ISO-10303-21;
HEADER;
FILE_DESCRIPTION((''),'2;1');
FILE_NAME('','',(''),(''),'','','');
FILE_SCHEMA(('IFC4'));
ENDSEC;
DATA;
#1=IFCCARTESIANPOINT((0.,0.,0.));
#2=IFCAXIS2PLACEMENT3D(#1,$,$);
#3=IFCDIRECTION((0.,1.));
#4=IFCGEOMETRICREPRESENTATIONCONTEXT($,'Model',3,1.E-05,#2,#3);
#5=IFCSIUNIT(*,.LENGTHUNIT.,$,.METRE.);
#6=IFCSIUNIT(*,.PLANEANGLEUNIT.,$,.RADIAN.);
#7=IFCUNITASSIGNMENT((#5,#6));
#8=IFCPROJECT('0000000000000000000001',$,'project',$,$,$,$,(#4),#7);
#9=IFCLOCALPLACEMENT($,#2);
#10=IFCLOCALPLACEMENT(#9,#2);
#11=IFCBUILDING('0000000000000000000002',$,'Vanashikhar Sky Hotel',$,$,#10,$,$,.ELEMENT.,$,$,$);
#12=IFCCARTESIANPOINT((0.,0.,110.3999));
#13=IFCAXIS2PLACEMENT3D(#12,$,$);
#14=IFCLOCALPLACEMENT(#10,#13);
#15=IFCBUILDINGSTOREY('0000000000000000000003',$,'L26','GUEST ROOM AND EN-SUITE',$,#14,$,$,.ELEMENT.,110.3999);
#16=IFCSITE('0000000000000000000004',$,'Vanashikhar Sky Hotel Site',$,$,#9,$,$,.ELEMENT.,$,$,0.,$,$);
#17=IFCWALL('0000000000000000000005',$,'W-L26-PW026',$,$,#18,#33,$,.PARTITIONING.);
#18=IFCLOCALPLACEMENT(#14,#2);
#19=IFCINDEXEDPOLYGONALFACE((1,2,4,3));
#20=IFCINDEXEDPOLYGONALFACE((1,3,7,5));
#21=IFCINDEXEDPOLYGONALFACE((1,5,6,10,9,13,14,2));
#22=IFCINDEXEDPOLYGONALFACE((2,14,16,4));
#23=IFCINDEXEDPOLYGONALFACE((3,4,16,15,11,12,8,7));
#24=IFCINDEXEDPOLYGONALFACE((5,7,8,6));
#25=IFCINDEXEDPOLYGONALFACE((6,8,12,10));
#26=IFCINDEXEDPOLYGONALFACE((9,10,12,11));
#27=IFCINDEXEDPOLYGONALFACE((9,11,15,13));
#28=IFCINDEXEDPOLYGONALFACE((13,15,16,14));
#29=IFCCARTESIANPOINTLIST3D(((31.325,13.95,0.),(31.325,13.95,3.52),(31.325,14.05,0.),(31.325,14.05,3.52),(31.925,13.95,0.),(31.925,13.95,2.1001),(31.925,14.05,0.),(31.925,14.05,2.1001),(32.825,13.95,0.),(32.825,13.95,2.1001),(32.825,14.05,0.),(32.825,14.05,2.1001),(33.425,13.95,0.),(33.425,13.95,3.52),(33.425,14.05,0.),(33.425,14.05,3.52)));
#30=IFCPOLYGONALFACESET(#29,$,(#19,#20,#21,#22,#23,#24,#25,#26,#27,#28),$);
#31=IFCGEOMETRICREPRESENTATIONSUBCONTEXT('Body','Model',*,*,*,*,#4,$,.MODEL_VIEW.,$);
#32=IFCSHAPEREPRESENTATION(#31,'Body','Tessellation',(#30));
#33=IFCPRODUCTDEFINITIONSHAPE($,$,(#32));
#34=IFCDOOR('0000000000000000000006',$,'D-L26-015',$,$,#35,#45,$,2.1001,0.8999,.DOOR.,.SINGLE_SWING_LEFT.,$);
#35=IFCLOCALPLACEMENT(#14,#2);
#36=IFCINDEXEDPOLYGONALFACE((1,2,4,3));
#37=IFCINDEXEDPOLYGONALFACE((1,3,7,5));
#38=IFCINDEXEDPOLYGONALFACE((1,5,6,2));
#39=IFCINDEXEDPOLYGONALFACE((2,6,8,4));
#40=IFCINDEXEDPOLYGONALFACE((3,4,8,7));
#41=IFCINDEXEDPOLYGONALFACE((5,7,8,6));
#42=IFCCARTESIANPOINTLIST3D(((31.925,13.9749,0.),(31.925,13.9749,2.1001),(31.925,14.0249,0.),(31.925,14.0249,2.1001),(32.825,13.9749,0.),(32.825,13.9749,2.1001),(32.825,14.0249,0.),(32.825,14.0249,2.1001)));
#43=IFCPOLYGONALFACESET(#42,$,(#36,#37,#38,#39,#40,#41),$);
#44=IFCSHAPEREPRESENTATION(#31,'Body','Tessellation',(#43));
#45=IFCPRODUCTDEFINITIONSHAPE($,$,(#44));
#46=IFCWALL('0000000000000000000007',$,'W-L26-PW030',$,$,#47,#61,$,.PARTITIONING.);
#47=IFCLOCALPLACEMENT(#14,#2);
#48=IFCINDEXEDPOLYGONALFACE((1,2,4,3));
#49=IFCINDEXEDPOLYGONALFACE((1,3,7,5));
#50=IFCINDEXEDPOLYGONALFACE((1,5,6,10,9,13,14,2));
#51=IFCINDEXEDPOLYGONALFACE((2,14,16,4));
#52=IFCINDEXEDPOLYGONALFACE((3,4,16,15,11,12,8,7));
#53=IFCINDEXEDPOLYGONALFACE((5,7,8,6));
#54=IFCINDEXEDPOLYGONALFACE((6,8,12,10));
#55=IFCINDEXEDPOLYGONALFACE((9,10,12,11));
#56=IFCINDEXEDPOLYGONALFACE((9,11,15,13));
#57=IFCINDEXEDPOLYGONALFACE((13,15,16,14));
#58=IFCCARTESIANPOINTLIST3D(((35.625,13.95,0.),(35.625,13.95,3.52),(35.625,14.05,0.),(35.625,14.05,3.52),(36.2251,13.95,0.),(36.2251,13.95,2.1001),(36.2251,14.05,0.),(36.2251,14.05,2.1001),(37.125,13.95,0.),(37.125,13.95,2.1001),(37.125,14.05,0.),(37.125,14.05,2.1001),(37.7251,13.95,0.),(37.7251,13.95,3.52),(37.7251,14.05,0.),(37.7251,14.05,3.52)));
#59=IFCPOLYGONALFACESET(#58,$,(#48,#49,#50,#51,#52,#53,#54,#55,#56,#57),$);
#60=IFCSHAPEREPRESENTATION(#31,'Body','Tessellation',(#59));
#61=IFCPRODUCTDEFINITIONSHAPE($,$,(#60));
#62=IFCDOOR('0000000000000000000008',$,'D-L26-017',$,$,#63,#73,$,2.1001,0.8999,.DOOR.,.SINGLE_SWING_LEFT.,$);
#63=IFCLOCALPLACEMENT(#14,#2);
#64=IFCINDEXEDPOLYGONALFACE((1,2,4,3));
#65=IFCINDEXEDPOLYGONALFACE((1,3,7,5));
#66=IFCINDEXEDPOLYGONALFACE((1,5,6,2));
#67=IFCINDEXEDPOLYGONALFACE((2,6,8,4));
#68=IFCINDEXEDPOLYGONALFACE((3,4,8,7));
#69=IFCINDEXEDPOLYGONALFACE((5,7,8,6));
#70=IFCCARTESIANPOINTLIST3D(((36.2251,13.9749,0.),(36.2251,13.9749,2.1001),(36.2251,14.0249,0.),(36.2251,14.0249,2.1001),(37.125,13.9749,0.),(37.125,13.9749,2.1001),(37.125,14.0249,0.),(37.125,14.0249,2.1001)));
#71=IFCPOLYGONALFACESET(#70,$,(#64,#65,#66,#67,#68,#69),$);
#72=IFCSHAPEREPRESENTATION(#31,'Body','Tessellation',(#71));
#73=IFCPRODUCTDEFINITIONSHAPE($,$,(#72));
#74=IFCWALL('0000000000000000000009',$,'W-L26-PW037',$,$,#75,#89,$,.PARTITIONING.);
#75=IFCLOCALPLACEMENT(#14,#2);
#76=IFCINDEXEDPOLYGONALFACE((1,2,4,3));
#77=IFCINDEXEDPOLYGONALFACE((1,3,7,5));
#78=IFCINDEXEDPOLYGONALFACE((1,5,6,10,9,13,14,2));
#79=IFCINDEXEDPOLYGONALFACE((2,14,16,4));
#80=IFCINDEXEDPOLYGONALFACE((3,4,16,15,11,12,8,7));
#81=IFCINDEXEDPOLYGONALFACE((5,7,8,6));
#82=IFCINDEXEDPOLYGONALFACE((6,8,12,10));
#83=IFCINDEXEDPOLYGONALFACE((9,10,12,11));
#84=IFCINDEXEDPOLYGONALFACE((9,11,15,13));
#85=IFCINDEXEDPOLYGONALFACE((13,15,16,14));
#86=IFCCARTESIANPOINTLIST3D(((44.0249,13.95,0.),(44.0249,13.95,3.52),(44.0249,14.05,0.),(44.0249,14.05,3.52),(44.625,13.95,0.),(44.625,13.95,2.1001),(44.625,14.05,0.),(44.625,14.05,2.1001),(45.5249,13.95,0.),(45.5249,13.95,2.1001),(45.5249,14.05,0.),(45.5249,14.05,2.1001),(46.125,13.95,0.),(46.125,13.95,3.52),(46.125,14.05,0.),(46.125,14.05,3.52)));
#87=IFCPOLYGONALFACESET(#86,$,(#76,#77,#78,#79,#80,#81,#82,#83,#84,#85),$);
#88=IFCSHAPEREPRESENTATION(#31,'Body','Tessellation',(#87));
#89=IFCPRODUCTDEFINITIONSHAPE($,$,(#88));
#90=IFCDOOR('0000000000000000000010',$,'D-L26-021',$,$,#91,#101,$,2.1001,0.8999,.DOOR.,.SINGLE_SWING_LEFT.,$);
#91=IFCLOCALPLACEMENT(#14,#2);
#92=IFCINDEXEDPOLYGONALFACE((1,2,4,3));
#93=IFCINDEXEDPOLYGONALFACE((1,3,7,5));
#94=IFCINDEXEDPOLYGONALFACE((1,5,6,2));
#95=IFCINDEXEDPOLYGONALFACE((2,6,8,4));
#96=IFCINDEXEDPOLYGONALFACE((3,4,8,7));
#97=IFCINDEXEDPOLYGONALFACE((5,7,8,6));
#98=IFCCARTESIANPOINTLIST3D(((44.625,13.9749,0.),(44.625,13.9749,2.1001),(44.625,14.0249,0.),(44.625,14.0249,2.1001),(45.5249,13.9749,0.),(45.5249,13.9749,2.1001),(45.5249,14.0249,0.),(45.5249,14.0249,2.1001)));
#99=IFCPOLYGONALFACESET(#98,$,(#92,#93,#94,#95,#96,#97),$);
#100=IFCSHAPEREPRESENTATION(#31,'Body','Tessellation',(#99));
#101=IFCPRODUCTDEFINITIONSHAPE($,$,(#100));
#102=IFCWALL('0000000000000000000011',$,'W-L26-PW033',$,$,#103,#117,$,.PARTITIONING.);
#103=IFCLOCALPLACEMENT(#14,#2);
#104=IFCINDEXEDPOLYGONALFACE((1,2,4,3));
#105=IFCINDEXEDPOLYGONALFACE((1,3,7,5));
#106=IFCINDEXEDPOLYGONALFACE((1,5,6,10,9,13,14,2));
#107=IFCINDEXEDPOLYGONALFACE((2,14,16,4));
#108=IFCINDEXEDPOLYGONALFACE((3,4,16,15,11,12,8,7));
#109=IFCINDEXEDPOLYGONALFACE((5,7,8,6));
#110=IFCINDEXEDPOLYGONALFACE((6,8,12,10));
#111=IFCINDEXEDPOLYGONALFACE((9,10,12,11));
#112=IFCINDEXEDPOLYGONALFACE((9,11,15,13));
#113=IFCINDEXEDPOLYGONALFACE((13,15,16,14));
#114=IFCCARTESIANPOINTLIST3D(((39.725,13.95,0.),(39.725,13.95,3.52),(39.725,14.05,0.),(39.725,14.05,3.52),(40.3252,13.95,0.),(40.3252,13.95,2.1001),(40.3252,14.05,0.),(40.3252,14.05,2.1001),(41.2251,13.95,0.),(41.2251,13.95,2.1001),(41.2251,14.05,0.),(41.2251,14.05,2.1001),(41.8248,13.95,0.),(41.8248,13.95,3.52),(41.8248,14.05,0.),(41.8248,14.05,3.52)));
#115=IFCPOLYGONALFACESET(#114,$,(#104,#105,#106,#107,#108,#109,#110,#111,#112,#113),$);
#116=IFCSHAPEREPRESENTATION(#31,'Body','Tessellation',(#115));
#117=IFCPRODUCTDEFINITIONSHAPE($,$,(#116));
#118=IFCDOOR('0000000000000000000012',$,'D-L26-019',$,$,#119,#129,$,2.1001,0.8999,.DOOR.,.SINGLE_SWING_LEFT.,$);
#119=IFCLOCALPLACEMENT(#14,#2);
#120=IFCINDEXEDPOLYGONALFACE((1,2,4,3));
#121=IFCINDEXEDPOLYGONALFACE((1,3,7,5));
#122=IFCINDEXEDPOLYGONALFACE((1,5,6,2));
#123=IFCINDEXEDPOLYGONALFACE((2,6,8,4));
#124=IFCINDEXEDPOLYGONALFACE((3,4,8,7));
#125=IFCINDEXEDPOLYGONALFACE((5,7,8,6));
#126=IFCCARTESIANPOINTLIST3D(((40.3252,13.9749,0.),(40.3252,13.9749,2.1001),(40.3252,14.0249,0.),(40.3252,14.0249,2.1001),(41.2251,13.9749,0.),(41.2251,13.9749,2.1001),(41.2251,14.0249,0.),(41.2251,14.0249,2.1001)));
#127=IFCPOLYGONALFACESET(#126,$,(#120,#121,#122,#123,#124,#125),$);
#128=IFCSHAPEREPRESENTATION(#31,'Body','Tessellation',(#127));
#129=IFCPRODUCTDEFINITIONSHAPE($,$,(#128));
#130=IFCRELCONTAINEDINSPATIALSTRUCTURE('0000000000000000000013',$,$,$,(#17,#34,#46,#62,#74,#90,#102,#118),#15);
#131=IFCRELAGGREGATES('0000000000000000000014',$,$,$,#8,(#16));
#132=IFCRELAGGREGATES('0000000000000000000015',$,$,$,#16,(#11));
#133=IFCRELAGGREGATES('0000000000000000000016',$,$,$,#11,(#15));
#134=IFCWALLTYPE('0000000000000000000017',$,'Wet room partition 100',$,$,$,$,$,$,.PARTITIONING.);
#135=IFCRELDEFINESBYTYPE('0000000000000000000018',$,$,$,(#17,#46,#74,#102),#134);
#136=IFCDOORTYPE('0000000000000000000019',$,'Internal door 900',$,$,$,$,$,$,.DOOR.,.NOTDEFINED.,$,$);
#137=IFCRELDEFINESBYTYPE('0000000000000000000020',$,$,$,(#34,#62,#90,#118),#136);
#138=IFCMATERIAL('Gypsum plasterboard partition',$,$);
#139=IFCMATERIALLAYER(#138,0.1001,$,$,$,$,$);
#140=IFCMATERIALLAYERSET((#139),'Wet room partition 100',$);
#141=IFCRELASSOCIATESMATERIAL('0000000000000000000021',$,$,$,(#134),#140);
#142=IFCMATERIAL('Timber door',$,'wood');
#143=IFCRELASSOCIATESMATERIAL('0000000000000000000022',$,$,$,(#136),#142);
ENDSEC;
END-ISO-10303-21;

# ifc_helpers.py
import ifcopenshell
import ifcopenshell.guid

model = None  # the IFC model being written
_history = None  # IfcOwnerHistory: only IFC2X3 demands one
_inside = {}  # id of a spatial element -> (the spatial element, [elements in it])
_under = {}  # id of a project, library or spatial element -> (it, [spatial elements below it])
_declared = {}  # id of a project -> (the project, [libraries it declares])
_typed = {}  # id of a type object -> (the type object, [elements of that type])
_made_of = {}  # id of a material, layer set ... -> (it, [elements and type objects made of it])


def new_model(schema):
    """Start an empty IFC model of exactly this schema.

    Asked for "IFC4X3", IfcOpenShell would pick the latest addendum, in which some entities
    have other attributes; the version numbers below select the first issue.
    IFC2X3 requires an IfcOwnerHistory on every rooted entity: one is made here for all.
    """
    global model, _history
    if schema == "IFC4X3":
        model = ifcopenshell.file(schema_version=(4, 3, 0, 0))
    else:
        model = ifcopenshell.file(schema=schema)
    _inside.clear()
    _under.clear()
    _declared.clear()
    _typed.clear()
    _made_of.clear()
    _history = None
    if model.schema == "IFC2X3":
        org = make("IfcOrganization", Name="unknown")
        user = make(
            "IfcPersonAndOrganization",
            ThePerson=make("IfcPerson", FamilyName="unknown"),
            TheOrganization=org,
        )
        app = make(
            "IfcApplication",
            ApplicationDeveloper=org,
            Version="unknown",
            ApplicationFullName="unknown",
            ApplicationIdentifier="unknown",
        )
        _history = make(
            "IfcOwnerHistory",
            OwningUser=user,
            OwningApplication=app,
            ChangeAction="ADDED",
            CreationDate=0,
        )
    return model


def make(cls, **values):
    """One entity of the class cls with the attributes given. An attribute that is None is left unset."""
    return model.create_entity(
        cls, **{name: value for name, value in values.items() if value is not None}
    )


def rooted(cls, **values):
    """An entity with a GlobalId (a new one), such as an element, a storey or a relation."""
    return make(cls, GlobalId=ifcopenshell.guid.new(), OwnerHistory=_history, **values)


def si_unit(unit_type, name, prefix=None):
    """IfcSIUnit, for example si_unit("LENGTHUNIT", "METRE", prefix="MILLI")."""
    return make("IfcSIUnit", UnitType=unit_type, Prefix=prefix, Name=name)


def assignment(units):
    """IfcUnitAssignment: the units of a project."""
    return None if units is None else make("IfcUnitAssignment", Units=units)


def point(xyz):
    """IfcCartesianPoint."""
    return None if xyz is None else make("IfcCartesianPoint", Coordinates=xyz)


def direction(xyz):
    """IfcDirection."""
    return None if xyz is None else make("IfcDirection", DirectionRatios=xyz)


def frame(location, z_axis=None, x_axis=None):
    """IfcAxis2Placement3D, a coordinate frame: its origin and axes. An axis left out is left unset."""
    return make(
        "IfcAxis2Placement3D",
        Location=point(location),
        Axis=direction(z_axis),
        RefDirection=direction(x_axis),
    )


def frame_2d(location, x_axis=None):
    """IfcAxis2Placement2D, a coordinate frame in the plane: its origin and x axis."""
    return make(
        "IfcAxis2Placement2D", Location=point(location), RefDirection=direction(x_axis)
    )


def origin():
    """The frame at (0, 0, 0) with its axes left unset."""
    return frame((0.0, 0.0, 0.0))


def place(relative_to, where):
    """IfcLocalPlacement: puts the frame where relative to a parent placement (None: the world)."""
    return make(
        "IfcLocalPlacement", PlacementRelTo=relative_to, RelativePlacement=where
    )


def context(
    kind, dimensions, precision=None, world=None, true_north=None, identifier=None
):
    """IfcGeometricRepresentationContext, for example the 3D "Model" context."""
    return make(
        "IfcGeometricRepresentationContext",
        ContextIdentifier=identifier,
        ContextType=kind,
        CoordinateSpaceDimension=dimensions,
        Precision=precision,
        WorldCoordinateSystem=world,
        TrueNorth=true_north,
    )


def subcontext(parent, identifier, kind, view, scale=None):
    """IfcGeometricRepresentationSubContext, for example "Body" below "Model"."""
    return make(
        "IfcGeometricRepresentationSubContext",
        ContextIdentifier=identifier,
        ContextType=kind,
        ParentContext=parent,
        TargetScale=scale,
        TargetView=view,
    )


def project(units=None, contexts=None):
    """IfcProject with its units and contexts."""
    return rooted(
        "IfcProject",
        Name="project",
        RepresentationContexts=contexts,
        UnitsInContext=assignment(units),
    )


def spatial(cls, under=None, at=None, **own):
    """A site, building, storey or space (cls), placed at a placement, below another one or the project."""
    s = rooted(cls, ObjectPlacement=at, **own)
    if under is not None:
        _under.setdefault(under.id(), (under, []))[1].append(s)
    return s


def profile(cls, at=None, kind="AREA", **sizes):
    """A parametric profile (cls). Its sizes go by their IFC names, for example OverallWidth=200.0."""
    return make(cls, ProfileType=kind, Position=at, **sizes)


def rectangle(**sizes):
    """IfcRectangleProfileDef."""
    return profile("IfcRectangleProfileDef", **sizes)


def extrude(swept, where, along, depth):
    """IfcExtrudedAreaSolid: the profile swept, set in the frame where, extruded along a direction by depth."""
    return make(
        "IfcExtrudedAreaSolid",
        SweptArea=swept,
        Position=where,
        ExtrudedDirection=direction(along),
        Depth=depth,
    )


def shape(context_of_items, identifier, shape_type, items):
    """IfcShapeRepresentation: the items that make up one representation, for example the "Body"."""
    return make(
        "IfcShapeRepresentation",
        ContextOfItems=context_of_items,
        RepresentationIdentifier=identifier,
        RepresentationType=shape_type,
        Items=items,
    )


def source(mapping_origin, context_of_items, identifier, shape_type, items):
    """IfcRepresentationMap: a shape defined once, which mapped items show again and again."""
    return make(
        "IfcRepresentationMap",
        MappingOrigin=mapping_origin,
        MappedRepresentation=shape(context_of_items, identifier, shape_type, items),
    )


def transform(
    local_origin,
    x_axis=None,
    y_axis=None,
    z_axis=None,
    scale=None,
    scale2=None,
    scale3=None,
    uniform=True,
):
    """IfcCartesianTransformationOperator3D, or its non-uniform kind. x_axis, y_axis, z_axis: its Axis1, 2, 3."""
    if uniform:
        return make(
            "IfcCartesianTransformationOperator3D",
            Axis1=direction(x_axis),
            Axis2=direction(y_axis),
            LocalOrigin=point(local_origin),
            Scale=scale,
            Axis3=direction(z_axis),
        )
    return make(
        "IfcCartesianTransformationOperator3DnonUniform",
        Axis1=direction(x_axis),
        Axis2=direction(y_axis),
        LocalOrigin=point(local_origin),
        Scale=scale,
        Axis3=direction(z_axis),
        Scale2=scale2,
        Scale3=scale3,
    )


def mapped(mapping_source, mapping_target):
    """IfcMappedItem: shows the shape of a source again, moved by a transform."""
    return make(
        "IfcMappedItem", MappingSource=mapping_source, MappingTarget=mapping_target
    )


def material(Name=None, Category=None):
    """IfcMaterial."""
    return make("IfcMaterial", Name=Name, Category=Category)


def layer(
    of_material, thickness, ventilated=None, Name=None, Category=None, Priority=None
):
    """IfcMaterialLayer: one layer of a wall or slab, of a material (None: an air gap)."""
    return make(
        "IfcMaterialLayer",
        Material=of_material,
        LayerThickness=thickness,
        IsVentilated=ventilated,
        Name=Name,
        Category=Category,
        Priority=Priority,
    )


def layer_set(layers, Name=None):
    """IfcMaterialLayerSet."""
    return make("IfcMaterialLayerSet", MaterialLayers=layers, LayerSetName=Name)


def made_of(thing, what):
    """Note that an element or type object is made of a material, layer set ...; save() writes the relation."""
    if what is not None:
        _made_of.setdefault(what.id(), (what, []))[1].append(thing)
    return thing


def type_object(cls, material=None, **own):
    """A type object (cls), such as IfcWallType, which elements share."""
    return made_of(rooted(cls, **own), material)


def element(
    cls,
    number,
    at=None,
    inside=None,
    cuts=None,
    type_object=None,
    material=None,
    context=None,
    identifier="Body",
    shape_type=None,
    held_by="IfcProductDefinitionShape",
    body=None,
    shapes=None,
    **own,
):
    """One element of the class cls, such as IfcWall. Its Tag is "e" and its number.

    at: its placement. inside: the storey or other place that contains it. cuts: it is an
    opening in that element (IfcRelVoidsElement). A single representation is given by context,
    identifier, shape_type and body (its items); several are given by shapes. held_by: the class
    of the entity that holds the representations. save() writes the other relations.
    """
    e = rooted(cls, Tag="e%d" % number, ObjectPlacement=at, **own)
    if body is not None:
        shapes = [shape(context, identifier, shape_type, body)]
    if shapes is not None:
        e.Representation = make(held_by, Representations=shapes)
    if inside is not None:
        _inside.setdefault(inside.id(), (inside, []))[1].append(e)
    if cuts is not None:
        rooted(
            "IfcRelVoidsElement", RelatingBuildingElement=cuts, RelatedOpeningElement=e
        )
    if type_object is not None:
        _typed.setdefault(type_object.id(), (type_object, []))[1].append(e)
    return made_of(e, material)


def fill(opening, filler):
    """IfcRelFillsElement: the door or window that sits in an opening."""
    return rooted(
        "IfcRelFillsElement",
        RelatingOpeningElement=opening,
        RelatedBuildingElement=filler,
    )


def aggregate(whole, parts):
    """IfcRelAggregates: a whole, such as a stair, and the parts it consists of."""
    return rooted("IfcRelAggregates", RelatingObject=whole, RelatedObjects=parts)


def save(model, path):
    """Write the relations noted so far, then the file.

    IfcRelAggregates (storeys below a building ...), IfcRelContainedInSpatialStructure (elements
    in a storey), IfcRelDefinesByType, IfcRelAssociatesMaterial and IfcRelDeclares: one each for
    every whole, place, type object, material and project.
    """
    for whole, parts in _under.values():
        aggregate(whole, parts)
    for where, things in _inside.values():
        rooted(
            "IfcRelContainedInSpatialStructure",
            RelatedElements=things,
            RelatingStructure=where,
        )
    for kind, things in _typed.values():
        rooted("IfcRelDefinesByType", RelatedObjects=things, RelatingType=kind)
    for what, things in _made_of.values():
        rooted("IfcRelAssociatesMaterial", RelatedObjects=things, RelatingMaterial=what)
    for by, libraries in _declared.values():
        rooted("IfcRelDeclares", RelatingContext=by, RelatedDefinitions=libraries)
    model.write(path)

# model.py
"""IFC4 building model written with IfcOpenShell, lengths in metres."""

from ifc_helpers import new_model, si_unit, direction, frame, frame_2d, origin, place, context, subcontext, project, spatial, rectangle, extrude, source, transform, mapped, material, layer, layer_set, type_object, element, fill, save


model = new_model("IFC4")

# Units and contexts
model_context = context("Model", 3, precision=1e-05, world=origin(), true_north=direction((0.0, 1.0)))
body_context = subcontext(model_context, "Body", "Model", "MODEL_VIEW")
ifc_project = project(units=[si_unit("LENGTHUNIT", "METRE"), si_unit("PLANEANGLEUNIT", "RADIAN")], contexts=[model_context])

# Site, building, storey
site_placement = place(None, origin())
site = spatial("IfcSite", under=ifc_project, at=site_placement, Name="Vanashikhar Sky Hotel Site", CompositionType="ELEMENT", RefElevation=0.0)
building_placement = place(site_placement, origin())
building = spatial("IfcBuilding", under=site, at=building_placement, Name="Vanashikhar Sky Hotel", CompositionType="ELEMENT")
storey_placement = place(building_placement, frame((0.0, 0.0, 110.3999)))
storey = spatial("IfcBuildingStorey", under=building, at=storey_placement, Name="L26", Description="GUEST ROOM AND EN-SUITE", CompositionType="ELEMENT", Elevation=110.3999)

# Shared definitions
ifc_material_1 = material(Name="Gypsum plasterboard partition")
ifc_layer_1 = layer(ifc_material_1, 0.1001)
ifc_layer_set_1 = layer_set([ifc_layer_1], Name="Wet room partition 100")
wall_type_1 = type_object("IfcWallType", Name="Wet room partition 100", PredefinedType="PARTITIONING", material=ifc_layer_set_1)

# Walls, openings, doors
shared_shape_1 = source(origin(), body_context, "Body", "SweptSolid", [
    extrude(rectangle(XDim=2.1001, YDim=0.1001, at=frame_2d((1.05, 0.0))), origin(), (0.0, 0.0, 1.0), 3.52),
])
wall_1_placement = place(storey_placement, frame((31.325, 14.0, 0.0), z_axis=(0.0, 0.0, 1.0), x_axis=(1.0, 0.0, 0.0)))
wall_1 = element("IfcWall", 1, at=wall_1_placement, inside=storey, type_object=wall_type_1, Name="W-L26-PW026", PredefinedType="PARTITIONING", context=body_context, shape_type="MappedRepresentation", body=[
    mapped(shared_shape_1, transform((0.0, 0.0, 0.0), scale=1.0)),
])
shared_shape_2 = source(origin(), body_context, "Body", "SweptSolid", [
    extrude(rectangle(XDim=0.8999, YDim=2.1001, at=frame_2d((0.45, 1.05))), frame((0.0, 0.0601, 0.0), z_axis=(0.0, -1.0, 0.0), x_axis=(1.0, 0.0, 0.0)), (0.0, 0.0, 1.0), 0.1201),
])
opening_1_placement = place(wall_1_placement, frame((0.6001, 0.0, 0.0)))
opening_1 = element("IfcOpeningElement", 2, at=opening_1_placement, cuts=wall_1, PredefinedType="OPENING", context=body_context, shape_type="MappedRepresentation", body=[
    mapped(shared_shape_2, transform((0.0, 0.0, 0.0), scale=1.0)),
])
ifc_material_2 = material(Name="Timber door", Category="wood")
door_type = type_object("IfcDoorType", Name="Internal door 900", OperationType="NOTDEFINED", PredefinedType="DOOR", material=ifc_material_2)
shared_shape_3 = source(origin(), body_context, "Body", "SweptSolid", [
    extrude(rectangle(XDim=0.8999, YDim=2.1001, at=frame_2d((0.45, 1.05))), frame((0.0, 0.0249, 0.0), z_axis=(0.0, -1.0, 0.0), x_axis=(1.0, 0.0, 0.0)), (0.0, 0.0, 1.0), 0.05),
])
door_1_placement = place(opening_1_placement, origin())
door_1 = element("IfcDoor", 3, at=door_1_placement, inside=storey, type_object=door_type, Name="D-L26-015", OperationType="SINGLE_SWING_LEFT", OverallHeight=2.1001, OverallWidth=0.8999, PredefinedType="DOOR", context=body_context, shape_type="MappedRepresentation", body=[
    mapped(shared_shape_3, transform((0.0, 0.0, 0.0), scale=1.0)),
])
fill(opening_1, door_1)
wall_2_placement = place(storey_placement, frame((35.625, 14.0, 0.0), z_axis=(0.0, 0.0, 1.0), x_axis=(1.0, 0.0, 0.0)))
wall_2 = element("IfcWall", 4, at=wall_2_placement, inside=storey, type_object=wall_type_1, Name="W-L26-PW030", PredefinedType="PARTITIONING", context=body_context, shape_type="MappedRepresentation", body=[
    mapped(shared_shape_1, transform((0.0, 0.0, 0.0), scale=1.0)),
])
opening_2_placement = place(wall_2_placement, frame((0.6001, 0.0, 0.0)))
opening_2 = element("IfcOpeningElement", 5, at=opening_2_placement, cuts=wall_2, PredefinedType="OPENING", context=body_context, shape_type="MappedRepresentation", body=[
    mapped(shared_shape_2, transform((0.0, 0.0, 0.0), scale=1.0)),
])
door_2_placement = place(opening_2_placement, origin())
door_2 = element("IfcDoor", 6, at=door_2_placement, inside=storey, type_object=door_type, Name="D-L26-017", OperationType="SINGLE_SWING_LEFT", OverallHeight=2.1001, OverallWidth=0.8999, PredefinedType="DOOR", context=body_context, shape_type="MappedRepresentation", body=[
    mapped(shared_shape_3, transform((0.0, 0.0, 0.0), scale=1.0)),
])
fill(opening_2, door_2)
wall_3_placement = place(storey_placement, frame((44.0249, 14.0, 0.0), z_axis=(0.0, 0.0, 1.0), x_axis=(1.0, 0.0, 0.0)))
wall_3 = element("IfcWall", 7, at=wall_3_placement, inside=storey, type_object=wall_type_1, Name="W-L26-PW037", PredefinedType="PARTITIONING", context=body_context, shape_type="MappedRepresentation", body=[
    mapped(shared_shape_1, transform((0.0, 0.0, 0.0), scale=1.0)),
])
opening_3_placement = place(wall_3_placement, frame((0.6001, 0.0, 0.0)))
opening_3 = element("IfcOpeningElement", 8, at=opening_3_placement, cuts=wall_3, PredefinedType="OPENING", context=body_context, shape_type="MappedRepresentation", body=[
    mapped(shared_shape_2, transform((0.0, 0.0, 0.0), scale=1.0)),
])
door_3_placement = place(opening_3_placement, origin())
door_3 = element("IfcDoor", 9, at=door_3_placement, inside=storey, type_object=door_type, Name="D-L26-021", OperationType="SINGLE_SWING_LEFT", OverallHeight=2.1001, OverallWidth=0.8999, PredefinedType="DOOR", context=body_context, shape_type="MappedRepresentation", body=[
    mapped(shared_shape_3, transform((0.0, 0.0, 0.0), scale=1.0)),
])
fill(opening_3, door_3)
shared_shape_4 = source(origin(), body_context, "Body", "SweptSolid", [
    extrude(rectangle(XDim=2.0999, YDim=0.1001, at=frame_2d((1.0498, 0.0))), origin(), (0.0, 0.0, 1.0), 3.52),
])
wall_4_placement = place(storey_placement, frame((39.7251, 14.0, 0.0), z_axis=(0.0, 0.0, 1.0), x_axis=(1.0, 0.0, 0.0)))
wall_4 = element("IfcWall", 10, at=wall_4_placement, inside=storey, type_object=wall_type_1, Name="W-L26-PW033", PredefinedType="PARTITIONING", context=body_context, shape_type="MappedRepresentation", body=[
    mapped(shared_shape_4, transform((0.0, 0.0, 0.0), scale=1.0)),
])
opening_4_placement = place(wall_4_placement, frame((0.6001, 0.0, 0.0)))
opening_4 = element("IfcOpeningElement", 11, at=opening_4_placement, cuts=wall_4, PredefinedType="OPENING", context=body_context, shape_type="MappedRepresentation", body=[
    mapped(shared_shape_2, transform((0.0, 0.0, 0.0), scale=1.0)),
])
door_4_placement = place(opening_4_placement, origin())
door_4 = element("IfcDoor", 12, at=door_4_placement, inside=storey, type_object=door_type, Name="D-L26-019", OperationType="SINGLE_SWING_LEFT", OverallHeight=2.1001, OverallWidth=0.8999, PredefinedType="DOOR", context=body_context, shape_type="MappedRepresentation", body=[
    mapped(shared_shape_3, transform((0.0, 0.0, 0.0), scale=1.0)),
])
fill(opening_4, door_4)

save(model, "model.ifc")
